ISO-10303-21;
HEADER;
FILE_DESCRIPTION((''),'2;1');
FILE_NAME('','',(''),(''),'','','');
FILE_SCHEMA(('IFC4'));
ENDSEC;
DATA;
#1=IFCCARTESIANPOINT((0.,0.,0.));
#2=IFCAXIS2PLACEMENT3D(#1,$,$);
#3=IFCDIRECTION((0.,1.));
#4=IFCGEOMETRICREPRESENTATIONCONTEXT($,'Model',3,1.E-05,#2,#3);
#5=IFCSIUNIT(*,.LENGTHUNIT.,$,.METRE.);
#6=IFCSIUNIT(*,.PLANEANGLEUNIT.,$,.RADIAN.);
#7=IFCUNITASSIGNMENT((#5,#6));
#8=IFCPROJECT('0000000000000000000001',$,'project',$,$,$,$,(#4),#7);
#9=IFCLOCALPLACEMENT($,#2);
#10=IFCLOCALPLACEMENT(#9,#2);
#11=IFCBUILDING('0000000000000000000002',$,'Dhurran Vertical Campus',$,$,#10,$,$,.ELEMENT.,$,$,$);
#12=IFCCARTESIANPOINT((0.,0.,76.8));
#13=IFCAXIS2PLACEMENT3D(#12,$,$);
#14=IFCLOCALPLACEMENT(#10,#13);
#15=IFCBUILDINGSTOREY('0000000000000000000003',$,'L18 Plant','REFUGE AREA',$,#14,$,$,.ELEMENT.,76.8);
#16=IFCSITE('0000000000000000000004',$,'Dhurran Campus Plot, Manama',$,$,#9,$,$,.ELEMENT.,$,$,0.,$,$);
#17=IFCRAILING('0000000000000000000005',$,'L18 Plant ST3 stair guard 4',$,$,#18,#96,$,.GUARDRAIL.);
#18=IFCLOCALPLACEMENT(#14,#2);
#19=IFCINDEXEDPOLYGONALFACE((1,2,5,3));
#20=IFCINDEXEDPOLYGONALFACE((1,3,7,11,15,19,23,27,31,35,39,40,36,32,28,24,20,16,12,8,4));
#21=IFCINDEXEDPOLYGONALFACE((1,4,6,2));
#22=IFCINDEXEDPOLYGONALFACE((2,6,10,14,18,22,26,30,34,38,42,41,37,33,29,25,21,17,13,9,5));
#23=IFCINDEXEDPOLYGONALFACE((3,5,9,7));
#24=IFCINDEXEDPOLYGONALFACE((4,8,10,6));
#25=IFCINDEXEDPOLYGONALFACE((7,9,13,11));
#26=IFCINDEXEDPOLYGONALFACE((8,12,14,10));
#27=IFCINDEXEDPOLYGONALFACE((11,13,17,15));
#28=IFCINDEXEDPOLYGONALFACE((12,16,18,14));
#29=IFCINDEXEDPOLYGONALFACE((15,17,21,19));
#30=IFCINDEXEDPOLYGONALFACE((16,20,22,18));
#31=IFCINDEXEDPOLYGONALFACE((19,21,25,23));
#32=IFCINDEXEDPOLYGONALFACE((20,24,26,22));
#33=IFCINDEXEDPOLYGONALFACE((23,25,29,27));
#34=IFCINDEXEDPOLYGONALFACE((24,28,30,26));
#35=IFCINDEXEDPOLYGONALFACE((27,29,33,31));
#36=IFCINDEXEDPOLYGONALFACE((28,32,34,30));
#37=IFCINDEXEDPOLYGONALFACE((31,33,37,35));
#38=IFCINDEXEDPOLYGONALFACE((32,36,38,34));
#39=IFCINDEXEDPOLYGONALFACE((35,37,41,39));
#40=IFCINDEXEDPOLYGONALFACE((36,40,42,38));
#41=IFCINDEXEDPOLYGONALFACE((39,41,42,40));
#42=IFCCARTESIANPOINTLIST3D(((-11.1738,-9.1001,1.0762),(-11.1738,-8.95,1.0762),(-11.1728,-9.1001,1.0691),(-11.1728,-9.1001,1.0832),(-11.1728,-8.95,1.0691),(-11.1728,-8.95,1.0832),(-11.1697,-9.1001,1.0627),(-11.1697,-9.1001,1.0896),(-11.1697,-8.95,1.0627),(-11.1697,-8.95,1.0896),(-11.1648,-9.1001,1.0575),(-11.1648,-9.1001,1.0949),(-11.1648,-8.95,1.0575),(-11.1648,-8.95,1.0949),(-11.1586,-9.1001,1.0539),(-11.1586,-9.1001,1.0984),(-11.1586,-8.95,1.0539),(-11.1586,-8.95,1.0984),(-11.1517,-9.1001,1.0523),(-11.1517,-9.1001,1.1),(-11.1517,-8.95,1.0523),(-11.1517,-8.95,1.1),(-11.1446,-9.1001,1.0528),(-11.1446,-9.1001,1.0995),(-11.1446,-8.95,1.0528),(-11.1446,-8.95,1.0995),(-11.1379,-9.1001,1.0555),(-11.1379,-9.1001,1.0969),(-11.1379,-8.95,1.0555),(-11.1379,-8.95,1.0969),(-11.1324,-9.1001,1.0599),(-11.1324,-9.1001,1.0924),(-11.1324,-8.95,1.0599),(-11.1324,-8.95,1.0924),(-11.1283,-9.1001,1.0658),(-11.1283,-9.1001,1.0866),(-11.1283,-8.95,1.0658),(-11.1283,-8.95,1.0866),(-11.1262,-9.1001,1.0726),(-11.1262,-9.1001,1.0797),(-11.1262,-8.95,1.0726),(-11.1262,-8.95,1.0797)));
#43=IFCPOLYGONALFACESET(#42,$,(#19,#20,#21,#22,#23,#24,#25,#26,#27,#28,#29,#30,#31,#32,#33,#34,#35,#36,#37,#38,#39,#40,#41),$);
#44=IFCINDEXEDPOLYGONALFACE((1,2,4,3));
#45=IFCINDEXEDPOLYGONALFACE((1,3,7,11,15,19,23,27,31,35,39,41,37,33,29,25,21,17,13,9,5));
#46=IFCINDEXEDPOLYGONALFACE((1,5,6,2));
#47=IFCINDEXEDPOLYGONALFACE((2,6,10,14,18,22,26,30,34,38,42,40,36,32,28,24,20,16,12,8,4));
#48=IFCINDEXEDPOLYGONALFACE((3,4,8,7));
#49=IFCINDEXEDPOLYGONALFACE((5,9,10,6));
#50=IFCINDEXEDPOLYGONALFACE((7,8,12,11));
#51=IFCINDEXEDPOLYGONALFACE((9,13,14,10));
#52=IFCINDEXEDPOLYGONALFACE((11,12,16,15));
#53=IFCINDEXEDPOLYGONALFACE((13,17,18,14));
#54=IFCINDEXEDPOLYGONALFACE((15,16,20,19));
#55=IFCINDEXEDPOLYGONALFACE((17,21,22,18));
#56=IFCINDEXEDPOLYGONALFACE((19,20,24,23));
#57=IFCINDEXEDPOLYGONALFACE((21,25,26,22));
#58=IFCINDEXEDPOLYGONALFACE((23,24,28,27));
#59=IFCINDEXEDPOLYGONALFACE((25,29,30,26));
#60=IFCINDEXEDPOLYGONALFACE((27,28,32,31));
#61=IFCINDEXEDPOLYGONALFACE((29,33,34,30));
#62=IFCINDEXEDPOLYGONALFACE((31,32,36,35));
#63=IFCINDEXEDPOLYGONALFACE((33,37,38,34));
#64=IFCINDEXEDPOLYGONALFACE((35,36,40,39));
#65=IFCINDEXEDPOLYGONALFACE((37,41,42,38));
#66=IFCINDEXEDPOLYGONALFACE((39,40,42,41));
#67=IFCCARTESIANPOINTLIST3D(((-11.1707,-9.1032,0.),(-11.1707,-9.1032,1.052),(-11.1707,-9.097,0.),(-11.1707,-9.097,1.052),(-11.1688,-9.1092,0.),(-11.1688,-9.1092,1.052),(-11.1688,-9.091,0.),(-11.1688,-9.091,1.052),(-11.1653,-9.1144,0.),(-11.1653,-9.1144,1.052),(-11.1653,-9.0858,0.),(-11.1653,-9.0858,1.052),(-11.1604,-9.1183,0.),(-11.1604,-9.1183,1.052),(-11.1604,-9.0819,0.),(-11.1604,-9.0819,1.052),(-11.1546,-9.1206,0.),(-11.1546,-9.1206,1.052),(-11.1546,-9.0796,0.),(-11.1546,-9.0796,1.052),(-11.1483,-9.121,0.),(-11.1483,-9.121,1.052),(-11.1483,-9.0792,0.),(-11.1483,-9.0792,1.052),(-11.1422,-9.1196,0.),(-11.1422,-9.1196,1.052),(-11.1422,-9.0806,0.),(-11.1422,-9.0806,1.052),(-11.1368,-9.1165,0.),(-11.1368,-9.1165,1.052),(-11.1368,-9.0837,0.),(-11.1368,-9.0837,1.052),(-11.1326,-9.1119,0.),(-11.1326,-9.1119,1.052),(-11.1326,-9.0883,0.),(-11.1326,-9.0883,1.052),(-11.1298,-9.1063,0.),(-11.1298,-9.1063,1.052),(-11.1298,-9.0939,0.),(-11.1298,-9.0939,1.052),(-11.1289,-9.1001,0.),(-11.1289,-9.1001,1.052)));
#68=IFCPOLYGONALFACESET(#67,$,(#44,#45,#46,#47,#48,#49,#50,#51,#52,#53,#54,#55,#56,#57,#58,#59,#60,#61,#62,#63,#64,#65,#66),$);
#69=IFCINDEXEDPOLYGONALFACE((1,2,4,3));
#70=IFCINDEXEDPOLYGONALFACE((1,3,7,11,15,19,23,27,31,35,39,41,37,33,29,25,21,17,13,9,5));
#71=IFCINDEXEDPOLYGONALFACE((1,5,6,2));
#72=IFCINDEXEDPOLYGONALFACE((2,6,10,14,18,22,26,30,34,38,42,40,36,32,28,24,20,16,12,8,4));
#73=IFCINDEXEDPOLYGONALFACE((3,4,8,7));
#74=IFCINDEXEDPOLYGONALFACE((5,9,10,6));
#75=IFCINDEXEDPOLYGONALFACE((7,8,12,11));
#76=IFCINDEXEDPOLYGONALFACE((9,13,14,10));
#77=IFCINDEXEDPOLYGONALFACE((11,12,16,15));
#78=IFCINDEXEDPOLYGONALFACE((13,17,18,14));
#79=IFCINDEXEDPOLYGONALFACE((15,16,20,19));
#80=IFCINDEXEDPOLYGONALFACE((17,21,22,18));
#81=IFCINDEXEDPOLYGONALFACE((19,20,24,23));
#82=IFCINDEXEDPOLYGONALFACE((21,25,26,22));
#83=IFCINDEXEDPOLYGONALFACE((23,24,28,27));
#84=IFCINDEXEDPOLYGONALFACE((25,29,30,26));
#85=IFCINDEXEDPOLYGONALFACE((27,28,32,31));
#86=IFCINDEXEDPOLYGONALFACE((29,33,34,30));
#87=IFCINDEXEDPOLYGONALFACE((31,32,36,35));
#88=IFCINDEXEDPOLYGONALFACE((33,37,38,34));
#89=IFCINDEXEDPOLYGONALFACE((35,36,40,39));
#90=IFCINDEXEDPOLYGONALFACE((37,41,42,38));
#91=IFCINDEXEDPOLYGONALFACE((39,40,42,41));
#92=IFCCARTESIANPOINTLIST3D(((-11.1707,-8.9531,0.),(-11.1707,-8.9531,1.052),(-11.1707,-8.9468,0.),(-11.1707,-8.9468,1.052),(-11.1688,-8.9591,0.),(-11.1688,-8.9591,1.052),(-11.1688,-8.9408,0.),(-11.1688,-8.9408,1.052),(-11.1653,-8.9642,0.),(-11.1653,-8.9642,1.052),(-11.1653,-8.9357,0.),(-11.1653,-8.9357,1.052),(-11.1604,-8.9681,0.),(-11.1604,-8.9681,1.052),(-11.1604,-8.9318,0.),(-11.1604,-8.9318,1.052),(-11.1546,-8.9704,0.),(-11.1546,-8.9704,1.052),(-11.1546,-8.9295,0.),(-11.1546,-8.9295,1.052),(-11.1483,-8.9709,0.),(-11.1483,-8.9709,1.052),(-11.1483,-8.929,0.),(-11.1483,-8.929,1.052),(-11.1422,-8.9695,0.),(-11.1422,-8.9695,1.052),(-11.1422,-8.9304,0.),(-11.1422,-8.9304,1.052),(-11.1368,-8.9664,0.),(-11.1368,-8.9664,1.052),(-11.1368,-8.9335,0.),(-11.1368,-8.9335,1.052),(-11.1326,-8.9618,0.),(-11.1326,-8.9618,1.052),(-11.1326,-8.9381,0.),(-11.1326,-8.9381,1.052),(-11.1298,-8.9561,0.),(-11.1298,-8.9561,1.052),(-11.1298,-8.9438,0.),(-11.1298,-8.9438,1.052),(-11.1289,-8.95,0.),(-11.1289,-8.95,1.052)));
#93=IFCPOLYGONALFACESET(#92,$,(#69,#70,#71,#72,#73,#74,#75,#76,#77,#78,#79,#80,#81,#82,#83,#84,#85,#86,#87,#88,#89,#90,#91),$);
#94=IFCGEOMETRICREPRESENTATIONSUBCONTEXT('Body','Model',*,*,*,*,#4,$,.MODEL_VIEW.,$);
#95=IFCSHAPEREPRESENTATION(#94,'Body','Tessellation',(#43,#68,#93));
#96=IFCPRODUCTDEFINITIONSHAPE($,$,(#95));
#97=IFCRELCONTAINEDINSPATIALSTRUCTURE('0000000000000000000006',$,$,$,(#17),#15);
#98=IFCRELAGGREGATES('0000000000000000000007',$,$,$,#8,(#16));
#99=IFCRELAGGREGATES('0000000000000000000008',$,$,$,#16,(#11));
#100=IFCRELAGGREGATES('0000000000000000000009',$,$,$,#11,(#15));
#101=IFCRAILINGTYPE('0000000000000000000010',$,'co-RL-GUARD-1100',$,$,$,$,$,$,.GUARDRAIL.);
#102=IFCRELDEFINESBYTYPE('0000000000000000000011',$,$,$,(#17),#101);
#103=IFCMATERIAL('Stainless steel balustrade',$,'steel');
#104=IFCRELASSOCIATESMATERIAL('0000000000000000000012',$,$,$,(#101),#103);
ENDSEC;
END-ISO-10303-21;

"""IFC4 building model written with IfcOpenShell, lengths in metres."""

from ifc_helpers import new_model, si_unit, direction, frame, origin, origin_2d, place, context, subcontext, project, spatial, circle, extrude, material, type_object, element, save


model = new_model("IFC4")

# Units and contexts
model_context = context("Model", 3, precision=1e-05, world=origin(), true_north=direction((0.0, 1.0)))
body_context = subcontext(model_context, "Body", "Model", "MODEL_VIEW")
ifc_project = project(units=[si_unit("LENGTHUNIT", "METRE"), si_unit("PLANEANGLEUNIT", "RADIAN")], contexts=[model_context])

# Site, building, storey
site_placement = place(None, origin())
site = spatial("IfcSite", under=ifc_project, at=site_placement, Name="Dhurran Campus Plot, Manama", CompositionType="ELEMENT", RefElevation=0.0)
building_placement = place(site_placement, origin())
building = spatial("IfcBuilding", under=site, at=building_placement, Name="Dhurran Vertical Campus", CompositionType="ELEMENT")
storey_placement = place(building_placement, frame((0.0, 0.0, 76.8)))
storey = spatial("IfcBuildingStorey", under=building, at=storey_placement, Name="L18 Plant", Description="REFUGE AREA", CompositionType="ELEMENT", Elevation=76.8)

# Railing
ifc_material_1 = material(Name="Stainless steel balustrade", Category="steel")
railing_type_1 = type_object("IfcRailingType", Name="co-RL-GUARD-1100", PredefinedType="GUARDRAIL", material=ifc_material_1)
railing_1_placement = place(storey_placement, frame((-11.1499, -9.1001, 0.0)))
element("IfcRailing", 1, at=railing_1_placement, inside=storey, type_object=railing_type_1, Name="L18 Plant ST3 stair guard 4", PredefinedType="GUARDRAIL", context=body_context, shape_type="SweptSolid", body=[
    extrude(circle(Radius=0.0239, at=origin_2d()), frame((0.0, 0.0, 1.0762), z_axis=(0.0, 1.0, 0.0), x_axis=(-1.0, 0.0, 0.0)), (0.0, 0.0, 1.0), 0.1501),
    extrude(circle(Radius=0.021, at=origin_2d()), origin(), (0.0, 0.0, 1.0), 1.052),
    extrude(circle(Radius=0.021, at=origin_2d()), frame((0.0, 0.1501, 0.0)), (0.0, 0.0, 1.0), 1.052),
])

save(model, "model.ifc")
